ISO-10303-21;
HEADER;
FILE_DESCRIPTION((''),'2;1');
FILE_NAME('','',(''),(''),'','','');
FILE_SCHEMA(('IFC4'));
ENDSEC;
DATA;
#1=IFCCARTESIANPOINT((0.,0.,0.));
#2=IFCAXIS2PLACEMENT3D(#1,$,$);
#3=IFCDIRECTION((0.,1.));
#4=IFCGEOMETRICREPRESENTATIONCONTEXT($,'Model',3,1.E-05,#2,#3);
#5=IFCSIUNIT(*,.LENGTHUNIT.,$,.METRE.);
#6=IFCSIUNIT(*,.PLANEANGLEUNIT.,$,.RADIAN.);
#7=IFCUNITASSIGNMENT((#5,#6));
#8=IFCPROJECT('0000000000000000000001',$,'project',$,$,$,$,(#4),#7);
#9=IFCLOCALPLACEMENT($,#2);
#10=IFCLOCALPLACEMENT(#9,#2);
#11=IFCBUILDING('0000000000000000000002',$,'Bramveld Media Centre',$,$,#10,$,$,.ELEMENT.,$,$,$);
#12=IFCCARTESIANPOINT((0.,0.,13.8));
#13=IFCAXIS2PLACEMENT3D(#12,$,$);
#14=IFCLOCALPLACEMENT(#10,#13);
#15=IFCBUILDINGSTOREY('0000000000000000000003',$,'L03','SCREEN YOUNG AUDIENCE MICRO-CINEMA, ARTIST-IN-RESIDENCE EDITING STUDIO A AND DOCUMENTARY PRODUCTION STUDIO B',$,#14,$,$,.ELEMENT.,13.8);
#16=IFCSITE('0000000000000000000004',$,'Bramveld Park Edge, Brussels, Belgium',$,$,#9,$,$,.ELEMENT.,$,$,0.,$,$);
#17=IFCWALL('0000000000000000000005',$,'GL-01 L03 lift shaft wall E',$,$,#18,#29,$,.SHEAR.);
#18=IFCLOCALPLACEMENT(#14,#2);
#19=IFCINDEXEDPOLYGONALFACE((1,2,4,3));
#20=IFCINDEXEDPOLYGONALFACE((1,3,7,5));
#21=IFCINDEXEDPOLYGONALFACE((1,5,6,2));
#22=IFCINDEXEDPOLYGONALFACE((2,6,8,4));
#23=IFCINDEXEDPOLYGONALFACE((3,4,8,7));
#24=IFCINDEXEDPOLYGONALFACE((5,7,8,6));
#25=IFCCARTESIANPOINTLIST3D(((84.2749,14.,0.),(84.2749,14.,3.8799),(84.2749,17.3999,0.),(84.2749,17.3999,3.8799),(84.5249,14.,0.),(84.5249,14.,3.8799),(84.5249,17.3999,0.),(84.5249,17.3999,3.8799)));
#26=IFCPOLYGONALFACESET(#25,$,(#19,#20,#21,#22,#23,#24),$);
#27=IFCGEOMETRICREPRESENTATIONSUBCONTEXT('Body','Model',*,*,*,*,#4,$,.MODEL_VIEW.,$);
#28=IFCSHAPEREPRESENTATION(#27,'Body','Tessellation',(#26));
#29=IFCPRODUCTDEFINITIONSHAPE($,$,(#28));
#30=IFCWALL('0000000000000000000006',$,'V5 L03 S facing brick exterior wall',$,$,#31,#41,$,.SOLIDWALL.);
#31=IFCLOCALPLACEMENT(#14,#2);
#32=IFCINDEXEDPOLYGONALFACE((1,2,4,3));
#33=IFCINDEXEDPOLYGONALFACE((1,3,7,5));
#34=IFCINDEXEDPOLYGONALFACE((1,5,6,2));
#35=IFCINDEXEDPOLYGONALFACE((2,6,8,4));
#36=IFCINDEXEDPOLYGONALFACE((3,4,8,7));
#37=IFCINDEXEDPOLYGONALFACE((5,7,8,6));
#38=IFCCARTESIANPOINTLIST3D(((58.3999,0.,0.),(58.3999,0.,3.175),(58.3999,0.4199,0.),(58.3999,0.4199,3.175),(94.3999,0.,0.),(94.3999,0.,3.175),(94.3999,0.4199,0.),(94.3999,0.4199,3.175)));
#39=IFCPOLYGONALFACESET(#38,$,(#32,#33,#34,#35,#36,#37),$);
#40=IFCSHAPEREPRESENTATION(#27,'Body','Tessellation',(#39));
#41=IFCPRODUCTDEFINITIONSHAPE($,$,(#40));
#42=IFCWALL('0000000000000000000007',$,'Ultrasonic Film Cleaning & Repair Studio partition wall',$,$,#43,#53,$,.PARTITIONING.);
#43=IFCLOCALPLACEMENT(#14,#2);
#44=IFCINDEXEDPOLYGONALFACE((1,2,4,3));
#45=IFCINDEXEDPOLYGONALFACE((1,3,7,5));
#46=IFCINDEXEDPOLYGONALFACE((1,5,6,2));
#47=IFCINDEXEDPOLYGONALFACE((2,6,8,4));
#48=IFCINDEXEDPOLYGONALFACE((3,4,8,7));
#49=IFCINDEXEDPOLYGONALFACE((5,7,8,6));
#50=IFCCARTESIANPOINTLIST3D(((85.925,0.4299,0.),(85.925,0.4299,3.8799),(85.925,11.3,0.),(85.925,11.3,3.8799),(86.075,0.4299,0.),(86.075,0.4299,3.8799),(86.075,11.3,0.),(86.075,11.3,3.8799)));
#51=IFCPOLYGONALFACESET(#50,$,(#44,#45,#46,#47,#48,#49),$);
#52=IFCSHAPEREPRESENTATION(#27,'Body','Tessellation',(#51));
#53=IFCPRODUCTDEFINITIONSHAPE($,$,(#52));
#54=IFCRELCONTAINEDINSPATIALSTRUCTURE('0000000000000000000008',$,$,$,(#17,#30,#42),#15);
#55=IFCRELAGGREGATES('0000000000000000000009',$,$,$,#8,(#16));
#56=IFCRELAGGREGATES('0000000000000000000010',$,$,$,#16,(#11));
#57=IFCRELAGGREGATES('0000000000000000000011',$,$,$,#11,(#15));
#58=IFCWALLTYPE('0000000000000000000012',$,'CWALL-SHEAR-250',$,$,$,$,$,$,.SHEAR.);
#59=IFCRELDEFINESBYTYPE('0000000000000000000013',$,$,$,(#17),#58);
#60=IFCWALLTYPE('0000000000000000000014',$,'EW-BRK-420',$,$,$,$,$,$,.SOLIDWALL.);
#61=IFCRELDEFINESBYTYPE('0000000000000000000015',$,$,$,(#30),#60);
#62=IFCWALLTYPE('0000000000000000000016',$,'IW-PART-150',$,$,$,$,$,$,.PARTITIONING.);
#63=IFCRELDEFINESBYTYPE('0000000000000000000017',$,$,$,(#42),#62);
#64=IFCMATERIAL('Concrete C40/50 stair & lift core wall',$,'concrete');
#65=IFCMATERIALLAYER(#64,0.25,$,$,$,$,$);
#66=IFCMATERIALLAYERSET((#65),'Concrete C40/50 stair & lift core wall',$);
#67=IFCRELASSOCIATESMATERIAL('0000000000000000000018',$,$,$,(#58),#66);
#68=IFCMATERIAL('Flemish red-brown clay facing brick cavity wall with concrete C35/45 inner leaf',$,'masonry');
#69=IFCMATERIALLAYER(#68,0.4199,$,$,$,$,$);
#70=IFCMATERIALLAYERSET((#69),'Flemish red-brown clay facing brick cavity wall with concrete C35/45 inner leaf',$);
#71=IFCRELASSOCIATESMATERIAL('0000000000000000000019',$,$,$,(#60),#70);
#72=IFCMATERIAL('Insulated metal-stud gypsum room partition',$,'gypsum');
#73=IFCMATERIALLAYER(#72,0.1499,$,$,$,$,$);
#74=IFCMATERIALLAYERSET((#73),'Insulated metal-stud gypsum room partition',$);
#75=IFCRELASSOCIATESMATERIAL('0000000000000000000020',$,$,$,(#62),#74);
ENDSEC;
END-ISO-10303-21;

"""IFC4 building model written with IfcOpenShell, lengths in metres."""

from ifc_helpers import new_model, si_unit, direction, frame, frame_2d, origin, place, context, subcontext, project, spatial, rectangle, extrude, material, layer, layer_set, type_object, element, save


model = new_model("IFC4")

# Units and contexts
model_context = context("Model", 3, precision=1e-05, world=origin(), true_north=direction((0.0, 1.0)))
body_context = subcontext(model_context, "Body", "Model", "MODEL_VIEW")
ifc_project = project(units=[si_unit("LENGTHUNIT", "METRE"), si_unit("PLANEANGLEUNIT", "RADIAN")], contexts=[model_context])

# Site, building, storey
site_placement = place(None, origin())
site = spatial("IfcSite", under=ifc_project, at=site_placement, Name="Bramveld Park Edge, Brussels, Belgium", CompositionType="ELEMENT", RefElevation=0.0)
building_placement = place(site_placement, origin())
building = spatial("IfcBuilding", under=site, at=building_placement, Name="Bramveld Media Centre", CompositionType="ELEMENT")
storey_placement = place(building_placement, frame((0.0, 0.0, 13.8)))
storey = spatial("IfcBuildingStorey", under=building, at=storey_placement, Name="L03", Description="SCREEN YOUNG AUDIENCE MICRO-CINEMA, ARTIST-IN-RESIDENCE EDITING STUDIO A AND DOCUMENTARY PRODUCTION STUDIO B", CompositionType="ELEMENT", Elevation=13.8)

# Shared definitions
ifc_material_1 = material(Name="Concrete C40/50 stair & lift core wall", Category="concrete")
ifc_layer_1 = layer(ifc_material_1, 0.25)
ifc_layer_set_1 = layer_set([ifc_layer_1], Name="Concrete C40/50 stair & lift core wall")
wall_type_1 = type_object("IfcWallType", Name="CWALL-SHEAR-250", PredefinedType="SHEAR", material=ifc_layer_set_1)

# Walls
wall_1_placement = place(storey_placement, frame((84.3999, 14.0, 0.0), z_axis=(0.0, 0.0, 1.0), x_axis=(0.0, 1.0, 0.0)))
element("IfcWall", 1, at=wall_1_placement, inside=storey, type_object=wall_type_1, Name="GL-01 L03 lift shaft wall E", PredefinedType="SHEAR", context=body_context, shape_type="SweptSolid", body=[
    extrude(rectangle(XDim=3.3999, YDim=0.25, at=frame_2d((1.7, 0.0))), origin(), (0.0, 0.0, 1.0), 3.8799),
])
ifc_material_2 = material(Name="Flemish red-brown clay facing brick cavity wall with concrete C35/45 inner leaf", Category="masonry")
ifc_layer_2 = layer(ifc_material_2, 0.4199)
ifc_layer_set_2 = layer_set([ifc_layer_2], Name="Flemish red-brown clay facing brick cavity wall with concrete C35/45 inner leaf")
wall_type_2 = type_object("IfcWallType", Name="EW-BRK-420", PredefinedType="SOLIDWALL", material=ifc_layer_set_2)
wall_2_placement = place(storey_placement, frame((94.3999, 0.21, 0.0), z_axis=(0.0, 0.0, 1.0), x_axis=(-1.0, 0.0, 0.0)))
element("IfcWall", 2, at=wall_2_placement, inside=storey, type_object=wall_type_2, Name="V5 L03 S facing brick exterior wall", PredefinedType="SOLIDWALL", context=body_context, shape_type="SweptSolid", body=[
    extrude(rectangle(XDim=36.0, YDim=0.4199, at=frame_2d((18.0, 0.0))), origin(), (0.0, 0.0, 1.0), 3.175),
])
ifc_material_3 = material(Name="Insulated metal-stud gypsum room partition", Category="gypsum")
ifc_layer_3 = layer(ifc_material_3, 0.1499)
ifc_layer_set_3 = layer_set([ifc_layer_3], Name="Insulated metal-stud gypsum room partition")
wall_type_3 = type_object("IfcWallType", Name="IW-PART-150", PredefinedType="PARTITIONING", material=ifc_layer_set_3)
wall_3_placement = place(storey_placement, frame((86.0, 0.4299, 0.0), z_axis=(0.0, 0.0, 1.0), x_axis=(0.0, 1.0, 0.0)))
element("IfcWall", 3, at=wall_3_placement, inside=storey, type_object=wall_type_3, Name="Ultrasonic Film Cleaning & Repair Studio partition wall", PredefinedType="PARTITIONING", context=body_context, shape_type="SweptSolid", body=[
    extrude(rectangle(XDim=10.8701, YDim=0.1499, at=frame_2d((5.4351, 0.0))), origin(), (0.0, 0.0, 1.0), 3.8799),
])

save(model, "model.ifc")
